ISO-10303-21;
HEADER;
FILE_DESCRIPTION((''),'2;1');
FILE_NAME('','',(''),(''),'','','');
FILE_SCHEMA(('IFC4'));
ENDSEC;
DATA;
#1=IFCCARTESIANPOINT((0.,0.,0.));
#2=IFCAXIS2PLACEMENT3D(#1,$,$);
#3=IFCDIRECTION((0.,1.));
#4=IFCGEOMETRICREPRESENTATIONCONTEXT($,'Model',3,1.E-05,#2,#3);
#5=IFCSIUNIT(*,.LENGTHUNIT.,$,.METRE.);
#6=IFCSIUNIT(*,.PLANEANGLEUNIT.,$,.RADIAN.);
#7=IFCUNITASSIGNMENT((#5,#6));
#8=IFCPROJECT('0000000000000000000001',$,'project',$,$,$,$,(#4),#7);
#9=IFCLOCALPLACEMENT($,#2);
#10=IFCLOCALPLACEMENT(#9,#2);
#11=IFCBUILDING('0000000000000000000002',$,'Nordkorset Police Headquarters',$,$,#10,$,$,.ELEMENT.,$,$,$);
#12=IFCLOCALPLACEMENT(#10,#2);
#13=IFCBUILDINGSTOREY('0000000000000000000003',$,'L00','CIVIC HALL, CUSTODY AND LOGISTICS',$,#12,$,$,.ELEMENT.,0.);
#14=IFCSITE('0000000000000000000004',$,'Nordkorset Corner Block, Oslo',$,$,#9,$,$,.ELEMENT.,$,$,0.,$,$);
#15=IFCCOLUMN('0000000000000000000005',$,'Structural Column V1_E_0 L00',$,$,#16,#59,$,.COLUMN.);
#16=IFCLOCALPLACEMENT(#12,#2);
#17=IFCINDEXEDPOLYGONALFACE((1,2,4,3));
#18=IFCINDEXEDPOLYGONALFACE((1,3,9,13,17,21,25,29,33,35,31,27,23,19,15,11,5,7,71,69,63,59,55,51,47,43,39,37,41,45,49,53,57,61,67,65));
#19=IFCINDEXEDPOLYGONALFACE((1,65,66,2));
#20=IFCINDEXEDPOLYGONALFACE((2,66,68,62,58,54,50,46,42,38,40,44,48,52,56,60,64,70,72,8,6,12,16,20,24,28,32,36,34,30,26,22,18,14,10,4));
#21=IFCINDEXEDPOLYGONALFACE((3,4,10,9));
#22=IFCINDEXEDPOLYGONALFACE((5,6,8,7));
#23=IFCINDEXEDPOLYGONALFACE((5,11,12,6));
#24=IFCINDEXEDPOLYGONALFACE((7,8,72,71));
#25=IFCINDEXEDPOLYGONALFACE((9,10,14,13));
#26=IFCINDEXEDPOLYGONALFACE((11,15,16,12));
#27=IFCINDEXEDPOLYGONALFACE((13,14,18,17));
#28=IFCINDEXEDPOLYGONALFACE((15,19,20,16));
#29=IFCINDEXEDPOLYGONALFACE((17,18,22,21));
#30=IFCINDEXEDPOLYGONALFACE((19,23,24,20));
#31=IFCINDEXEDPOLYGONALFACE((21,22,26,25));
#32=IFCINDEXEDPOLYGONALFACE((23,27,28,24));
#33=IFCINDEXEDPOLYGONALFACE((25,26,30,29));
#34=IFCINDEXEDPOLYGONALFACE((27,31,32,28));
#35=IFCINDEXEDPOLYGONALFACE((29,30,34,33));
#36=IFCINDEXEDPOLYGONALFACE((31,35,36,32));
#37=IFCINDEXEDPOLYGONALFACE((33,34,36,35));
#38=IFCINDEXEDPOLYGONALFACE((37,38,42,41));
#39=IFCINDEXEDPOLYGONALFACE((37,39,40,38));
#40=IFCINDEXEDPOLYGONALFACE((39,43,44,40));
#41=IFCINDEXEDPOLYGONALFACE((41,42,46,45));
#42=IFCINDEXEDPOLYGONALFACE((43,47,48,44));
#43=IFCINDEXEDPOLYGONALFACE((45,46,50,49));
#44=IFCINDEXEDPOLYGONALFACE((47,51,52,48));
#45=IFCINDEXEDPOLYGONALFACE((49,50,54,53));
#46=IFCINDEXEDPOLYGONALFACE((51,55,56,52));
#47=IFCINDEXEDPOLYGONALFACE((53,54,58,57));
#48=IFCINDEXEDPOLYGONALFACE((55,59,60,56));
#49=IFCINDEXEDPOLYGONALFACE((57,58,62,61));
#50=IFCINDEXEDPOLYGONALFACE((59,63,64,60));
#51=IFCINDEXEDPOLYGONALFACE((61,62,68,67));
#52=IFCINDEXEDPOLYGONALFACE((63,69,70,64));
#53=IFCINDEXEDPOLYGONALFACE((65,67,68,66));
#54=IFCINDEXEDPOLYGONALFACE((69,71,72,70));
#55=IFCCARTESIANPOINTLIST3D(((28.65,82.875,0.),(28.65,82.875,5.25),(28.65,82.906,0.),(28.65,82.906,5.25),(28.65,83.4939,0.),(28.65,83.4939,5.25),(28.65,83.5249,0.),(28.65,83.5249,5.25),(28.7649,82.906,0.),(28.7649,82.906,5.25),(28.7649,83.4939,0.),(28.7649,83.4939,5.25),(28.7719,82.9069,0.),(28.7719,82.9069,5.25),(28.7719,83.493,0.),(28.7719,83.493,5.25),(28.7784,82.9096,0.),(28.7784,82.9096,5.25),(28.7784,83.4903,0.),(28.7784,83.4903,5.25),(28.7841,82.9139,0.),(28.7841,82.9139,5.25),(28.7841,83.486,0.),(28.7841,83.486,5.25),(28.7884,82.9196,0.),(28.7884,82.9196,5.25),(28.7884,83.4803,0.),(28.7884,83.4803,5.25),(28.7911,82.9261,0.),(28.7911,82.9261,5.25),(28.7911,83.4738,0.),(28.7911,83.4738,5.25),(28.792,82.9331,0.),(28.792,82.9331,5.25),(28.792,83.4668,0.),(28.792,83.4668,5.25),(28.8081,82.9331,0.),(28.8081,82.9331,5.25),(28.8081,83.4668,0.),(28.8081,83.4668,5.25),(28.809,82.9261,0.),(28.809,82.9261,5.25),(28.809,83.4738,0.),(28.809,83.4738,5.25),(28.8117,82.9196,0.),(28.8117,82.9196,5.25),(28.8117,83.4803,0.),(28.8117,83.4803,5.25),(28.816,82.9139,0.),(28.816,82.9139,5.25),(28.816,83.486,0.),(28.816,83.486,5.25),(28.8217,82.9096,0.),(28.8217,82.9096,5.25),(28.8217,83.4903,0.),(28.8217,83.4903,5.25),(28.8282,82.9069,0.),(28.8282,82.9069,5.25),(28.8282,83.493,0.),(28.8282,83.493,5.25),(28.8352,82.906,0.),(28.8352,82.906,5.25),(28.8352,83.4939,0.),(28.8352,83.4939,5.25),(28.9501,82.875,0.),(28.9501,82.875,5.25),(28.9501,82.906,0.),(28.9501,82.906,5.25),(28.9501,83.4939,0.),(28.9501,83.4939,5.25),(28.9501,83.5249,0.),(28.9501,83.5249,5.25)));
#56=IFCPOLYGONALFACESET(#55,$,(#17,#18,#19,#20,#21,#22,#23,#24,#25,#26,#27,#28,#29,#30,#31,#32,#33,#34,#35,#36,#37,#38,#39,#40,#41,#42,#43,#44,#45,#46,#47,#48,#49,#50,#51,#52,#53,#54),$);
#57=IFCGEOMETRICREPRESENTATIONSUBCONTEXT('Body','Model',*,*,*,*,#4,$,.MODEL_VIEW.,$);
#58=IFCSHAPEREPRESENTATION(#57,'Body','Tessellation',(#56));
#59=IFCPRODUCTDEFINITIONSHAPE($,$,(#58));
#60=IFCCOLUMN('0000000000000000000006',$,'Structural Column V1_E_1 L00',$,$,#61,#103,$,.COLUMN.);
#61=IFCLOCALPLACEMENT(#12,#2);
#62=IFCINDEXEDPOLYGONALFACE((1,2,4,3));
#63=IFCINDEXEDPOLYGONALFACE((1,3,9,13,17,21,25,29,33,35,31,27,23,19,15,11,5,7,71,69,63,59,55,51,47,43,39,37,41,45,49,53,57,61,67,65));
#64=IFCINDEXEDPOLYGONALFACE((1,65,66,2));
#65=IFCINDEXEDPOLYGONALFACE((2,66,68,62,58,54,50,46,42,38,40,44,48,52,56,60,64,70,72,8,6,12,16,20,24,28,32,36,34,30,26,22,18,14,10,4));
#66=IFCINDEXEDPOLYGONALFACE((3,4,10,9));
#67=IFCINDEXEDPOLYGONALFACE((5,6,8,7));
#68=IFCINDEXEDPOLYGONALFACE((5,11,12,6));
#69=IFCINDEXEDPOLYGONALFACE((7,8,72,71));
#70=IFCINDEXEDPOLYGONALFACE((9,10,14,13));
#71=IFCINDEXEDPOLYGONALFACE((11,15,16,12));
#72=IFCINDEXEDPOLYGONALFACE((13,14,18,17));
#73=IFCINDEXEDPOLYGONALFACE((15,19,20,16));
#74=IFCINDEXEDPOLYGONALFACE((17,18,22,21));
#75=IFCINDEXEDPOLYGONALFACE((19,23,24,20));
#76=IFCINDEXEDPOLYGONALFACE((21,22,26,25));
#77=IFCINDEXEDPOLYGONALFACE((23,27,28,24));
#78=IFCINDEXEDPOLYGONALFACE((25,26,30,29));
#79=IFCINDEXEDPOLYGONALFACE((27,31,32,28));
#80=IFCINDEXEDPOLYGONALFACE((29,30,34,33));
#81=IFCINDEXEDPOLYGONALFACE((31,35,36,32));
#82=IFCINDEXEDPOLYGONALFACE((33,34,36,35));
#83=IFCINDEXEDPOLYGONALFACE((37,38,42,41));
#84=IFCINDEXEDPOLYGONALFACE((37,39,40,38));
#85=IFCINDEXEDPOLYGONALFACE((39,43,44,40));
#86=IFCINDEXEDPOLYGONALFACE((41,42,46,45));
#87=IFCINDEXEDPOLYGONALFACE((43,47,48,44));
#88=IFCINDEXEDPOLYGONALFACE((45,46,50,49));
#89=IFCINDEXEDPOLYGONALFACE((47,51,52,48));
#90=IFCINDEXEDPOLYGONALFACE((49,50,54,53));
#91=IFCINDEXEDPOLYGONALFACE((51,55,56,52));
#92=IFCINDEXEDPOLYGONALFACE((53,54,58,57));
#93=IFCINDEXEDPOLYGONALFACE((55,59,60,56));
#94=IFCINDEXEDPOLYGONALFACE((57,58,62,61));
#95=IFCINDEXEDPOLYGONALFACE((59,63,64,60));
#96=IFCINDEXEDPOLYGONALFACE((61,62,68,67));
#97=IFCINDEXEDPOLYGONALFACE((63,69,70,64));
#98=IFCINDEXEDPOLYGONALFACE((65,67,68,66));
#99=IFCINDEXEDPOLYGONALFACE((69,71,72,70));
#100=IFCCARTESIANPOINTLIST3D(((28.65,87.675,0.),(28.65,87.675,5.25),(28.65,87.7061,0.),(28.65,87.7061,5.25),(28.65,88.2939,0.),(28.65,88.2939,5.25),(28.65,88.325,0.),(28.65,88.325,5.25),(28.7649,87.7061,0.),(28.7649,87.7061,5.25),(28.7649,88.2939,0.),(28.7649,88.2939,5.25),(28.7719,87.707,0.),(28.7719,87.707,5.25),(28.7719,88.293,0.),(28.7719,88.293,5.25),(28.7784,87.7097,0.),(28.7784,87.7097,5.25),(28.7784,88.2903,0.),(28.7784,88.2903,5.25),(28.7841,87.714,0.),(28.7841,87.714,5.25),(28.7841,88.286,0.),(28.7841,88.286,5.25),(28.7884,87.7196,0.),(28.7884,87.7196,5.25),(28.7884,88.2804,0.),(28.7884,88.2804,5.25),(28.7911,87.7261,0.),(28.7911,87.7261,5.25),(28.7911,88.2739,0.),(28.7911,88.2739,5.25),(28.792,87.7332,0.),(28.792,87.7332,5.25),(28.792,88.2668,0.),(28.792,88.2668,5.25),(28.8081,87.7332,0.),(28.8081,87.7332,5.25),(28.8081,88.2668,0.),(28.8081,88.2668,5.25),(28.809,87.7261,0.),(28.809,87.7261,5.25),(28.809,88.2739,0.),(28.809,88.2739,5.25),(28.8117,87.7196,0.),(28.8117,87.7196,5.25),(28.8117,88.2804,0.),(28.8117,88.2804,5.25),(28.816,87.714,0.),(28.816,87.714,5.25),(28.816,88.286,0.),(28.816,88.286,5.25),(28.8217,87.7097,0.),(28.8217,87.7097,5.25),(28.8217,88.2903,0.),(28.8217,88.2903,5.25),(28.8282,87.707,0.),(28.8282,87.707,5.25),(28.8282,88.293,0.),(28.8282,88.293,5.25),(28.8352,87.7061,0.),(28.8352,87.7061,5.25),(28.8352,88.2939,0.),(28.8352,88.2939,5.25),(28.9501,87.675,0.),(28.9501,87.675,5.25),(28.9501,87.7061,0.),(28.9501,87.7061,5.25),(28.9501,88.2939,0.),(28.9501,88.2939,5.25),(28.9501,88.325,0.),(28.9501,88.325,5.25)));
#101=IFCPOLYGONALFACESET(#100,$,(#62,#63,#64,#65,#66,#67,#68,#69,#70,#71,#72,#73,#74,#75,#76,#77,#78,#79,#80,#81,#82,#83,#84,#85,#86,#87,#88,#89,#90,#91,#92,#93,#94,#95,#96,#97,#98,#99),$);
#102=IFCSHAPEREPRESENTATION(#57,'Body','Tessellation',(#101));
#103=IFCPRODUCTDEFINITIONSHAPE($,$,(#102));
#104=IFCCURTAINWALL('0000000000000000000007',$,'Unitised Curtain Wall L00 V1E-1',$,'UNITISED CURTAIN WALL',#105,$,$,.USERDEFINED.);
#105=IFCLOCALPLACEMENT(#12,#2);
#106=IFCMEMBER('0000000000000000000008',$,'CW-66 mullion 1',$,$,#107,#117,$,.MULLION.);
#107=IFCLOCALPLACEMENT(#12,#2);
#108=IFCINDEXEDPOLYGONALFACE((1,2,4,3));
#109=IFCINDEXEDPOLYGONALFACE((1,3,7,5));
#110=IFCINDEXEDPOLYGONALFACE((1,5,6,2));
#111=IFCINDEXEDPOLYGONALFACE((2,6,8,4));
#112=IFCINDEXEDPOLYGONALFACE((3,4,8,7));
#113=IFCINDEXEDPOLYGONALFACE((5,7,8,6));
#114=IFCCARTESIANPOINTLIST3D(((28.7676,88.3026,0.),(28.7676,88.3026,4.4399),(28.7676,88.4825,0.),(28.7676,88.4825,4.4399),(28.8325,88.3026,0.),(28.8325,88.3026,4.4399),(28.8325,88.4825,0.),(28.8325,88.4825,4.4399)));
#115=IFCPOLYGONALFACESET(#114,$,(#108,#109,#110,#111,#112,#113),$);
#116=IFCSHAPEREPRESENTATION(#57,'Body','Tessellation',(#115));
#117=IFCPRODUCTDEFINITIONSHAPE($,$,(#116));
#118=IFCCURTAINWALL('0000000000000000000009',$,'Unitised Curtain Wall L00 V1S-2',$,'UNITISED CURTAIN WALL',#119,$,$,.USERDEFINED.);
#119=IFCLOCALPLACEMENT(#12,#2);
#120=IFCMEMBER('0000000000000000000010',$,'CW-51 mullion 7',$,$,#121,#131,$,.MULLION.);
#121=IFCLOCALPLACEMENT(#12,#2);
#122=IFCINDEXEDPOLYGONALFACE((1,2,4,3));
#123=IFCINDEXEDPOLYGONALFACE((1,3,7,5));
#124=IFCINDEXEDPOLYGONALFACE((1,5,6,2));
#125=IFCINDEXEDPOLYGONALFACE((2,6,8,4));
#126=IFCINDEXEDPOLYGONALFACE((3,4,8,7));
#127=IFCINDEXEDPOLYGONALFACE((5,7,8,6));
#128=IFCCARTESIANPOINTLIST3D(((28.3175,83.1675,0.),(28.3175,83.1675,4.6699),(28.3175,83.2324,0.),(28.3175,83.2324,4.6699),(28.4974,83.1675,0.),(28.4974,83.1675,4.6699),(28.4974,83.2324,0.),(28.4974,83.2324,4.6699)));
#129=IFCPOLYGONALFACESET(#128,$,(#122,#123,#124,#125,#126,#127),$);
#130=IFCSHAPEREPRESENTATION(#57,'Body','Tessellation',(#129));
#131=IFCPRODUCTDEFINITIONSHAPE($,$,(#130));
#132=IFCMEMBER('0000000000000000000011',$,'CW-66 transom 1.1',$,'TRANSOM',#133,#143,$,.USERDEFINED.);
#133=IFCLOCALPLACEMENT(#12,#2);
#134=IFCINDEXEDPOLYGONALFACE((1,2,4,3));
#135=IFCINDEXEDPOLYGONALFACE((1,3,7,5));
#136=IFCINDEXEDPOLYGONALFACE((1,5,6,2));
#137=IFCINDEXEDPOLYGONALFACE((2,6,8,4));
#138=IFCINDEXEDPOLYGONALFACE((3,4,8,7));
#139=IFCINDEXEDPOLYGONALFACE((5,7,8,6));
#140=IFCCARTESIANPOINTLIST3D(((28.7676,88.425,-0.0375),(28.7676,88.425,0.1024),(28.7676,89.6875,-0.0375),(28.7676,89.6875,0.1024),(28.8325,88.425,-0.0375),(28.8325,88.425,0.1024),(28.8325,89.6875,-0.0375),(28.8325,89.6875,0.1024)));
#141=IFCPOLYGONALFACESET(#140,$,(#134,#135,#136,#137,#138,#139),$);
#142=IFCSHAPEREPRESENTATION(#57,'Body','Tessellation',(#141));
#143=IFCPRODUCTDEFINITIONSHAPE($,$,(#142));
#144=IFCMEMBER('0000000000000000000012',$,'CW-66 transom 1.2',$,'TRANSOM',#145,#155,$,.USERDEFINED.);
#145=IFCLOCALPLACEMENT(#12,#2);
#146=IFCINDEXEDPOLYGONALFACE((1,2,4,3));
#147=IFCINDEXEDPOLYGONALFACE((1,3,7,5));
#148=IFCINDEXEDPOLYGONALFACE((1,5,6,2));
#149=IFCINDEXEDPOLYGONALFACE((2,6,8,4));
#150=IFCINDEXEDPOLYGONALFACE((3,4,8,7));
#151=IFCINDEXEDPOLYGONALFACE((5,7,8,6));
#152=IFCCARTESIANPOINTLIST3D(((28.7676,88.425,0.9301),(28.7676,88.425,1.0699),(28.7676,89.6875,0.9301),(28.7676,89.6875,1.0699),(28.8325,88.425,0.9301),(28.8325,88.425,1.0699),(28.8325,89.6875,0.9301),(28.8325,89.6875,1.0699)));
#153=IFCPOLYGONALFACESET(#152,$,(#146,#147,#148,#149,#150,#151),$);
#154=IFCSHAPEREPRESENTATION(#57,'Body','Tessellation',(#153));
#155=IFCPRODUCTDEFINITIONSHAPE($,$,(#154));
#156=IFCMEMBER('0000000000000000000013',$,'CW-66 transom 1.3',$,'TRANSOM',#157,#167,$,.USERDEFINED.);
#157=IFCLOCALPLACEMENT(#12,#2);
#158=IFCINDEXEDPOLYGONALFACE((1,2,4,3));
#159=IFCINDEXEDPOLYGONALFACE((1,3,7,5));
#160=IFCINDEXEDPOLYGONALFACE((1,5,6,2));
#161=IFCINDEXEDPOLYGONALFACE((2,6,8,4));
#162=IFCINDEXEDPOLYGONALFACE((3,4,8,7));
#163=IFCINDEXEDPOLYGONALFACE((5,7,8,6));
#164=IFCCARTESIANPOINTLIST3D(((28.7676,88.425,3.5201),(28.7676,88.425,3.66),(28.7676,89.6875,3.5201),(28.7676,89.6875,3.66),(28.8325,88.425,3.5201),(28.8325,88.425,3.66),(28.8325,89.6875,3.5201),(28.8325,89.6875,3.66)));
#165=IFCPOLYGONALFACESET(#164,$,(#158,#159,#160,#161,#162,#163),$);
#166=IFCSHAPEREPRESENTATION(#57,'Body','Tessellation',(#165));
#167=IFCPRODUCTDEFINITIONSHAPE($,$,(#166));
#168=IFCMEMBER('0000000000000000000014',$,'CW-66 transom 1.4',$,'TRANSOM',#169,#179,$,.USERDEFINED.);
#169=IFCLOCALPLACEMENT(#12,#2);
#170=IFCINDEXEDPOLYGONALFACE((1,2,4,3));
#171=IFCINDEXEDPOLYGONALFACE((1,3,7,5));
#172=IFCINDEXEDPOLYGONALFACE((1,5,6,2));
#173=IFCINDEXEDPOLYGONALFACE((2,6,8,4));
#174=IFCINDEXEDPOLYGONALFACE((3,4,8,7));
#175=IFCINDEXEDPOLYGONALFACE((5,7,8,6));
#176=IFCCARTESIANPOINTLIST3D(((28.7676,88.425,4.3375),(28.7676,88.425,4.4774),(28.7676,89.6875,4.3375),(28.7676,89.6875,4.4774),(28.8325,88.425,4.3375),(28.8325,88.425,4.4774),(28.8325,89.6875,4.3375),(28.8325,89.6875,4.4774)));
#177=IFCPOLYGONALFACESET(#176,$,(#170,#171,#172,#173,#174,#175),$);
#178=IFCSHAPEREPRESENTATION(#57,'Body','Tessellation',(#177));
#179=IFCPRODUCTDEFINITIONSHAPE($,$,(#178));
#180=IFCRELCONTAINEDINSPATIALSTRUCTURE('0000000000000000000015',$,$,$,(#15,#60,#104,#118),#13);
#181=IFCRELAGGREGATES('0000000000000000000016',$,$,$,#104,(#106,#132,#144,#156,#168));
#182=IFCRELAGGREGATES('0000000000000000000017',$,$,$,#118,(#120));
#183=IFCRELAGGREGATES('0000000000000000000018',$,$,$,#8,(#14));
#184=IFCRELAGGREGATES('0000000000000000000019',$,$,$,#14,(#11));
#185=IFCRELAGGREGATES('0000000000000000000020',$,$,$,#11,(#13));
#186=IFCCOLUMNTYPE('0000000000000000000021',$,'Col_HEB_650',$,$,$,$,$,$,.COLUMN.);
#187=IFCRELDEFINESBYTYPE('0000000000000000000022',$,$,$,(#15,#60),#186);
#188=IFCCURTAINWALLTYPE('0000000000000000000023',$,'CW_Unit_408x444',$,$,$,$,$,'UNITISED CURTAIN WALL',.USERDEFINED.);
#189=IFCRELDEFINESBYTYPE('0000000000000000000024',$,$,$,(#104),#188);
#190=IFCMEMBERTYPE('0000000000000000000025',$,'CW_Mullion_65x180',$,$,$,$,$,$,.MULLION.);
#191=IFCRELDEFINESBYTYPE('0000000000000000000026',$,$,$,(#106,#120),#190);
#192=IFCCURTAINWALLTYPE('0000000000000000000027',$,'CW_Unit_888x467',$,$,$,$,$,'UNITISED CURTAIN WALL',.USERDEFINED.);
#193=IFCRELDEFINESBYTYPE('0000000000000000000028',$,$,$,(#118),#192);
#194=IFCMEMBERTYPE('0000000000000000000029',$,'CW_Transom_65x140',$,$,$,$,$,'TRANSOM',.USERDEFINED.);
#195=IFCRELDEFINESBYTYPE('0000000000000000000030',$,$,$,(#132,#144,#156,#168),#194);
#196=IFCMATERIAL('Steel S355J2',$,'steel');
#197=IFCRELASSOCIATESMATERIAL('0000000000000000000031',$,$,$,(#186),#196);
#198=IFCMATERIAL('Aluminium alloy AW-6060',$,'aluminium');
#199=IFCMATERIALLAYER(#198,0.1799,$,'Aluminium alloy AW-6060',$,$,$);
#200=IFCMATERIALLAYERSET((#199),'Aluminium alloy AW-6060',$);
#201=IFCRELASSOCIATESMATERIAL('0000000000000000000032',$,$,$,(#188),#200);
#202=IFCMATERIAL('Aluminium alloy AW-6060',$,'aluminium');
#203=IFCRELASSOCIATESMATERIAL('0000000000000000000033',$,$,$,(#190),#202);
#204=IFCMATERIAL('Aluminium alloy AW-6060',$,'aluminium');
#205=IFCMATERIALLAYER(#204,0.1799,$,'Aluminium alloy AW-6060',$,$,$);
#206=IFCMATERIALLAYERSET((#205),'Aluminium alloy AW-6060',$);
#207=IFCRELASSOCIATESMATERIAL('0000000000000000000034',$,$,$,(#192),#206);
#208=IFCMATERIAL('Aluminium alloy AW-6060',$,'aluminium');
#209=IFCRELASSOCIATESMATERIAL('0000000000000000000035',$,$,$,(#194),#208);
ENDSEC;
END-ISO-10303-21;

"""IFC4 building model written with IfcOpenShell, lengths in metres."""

from ifc_helpers import new_model, si_unit, direction, frame, origin, origin_2d, place, context, subcontext, project, spatial, rectangle, i_section, extrude, material, layer, layer_set, material_profile, profile_set, type_object, element, aggregate, save


model = new_model("IFC4")

# Units and contexts
model_context = context("Model", 3, precision=1e-05, world=origin(), true_north=direction((0.0, 1.0)))
body_context = subcontext(model_context, "Body", "Model", "MODEL_VIEW")
ifc_project = project(units=[si_unit("LENGTHUNIT", "METRE"), si_unit("PLANEANGLEUNIT", "RADIAN")], contexts=[model_context])

# Site, building, storey
site_placement = place(None, origin())
site = spatial("IfcSite", under=ifc_project, at=site_placement, Name="Nordkorset Corner Block, Oslo", CompositionType="ELEMENT", RefElevation=0.0)
building_placement = place(site_placement, origin())
building = spatial("IfcBuilding", under=site, at=building_placement, Name="Nordkorset Police Headquarters", CompositionType="ELEMENT")
storey_placement = place(building_placement, origin())
storey = spatial("IfcBuildingStorey", under=building, at=storey_placement, Name="L00", Description="CIVIC HALL, CUSTODY AND LOGISTICS", CompositionType="ELEMENT", Elevation=0.0)

# Columns
ifc_material_1 = material(Name="Steel S355J2", Category="steel")
ifc_material_profile_1 = material_profile(ifc_material_1, i_section(OverallWidth=0.3, OverallDepth=0.6499, WebThickness=0.0161, FlangeThickness=0.031, FilletRadius=0.0271, at=origin_2d()), Name="HEB 650")
ifc_profile_set_1 = profile_set([ifc_material_profile_1], Name="Steel S355J2")
column_type = type_object("IfcColumnType", Name="Col_HEB_650", PredefinedType="COLUMN", material=ifc_profile_set_1)
for number, where, z_axis, x_axis, name in (
    (1, (28.8, 83.2, 0.0), (0.0, 0.0, 1.0), (1.0, 0.0, 0.0), "Structural Column V1_E_0 L00"),
    (2, (28.8, 88.0, 0.0), (0.0, 0.0, 1.0), (1.0, 0.0, 0.0), "Structural Column V1_E_1 L00"),
):
    element("IfcColumn", number, at=place(storey_placement, frame(where, z_axis=z_axis, x_axis=x_axis)), inside=storey, type_object=column_type, Name=name, PredefinedType="COLUMN", context=body_context, shape_type="SweptSolid", body=[
        extrude(i_section(OverallWidth=0.3, OverallDepth=0.6499, WebThickness=0.0161, FlangeThickness=0.031, FilletRadius=0.0271, at=origin_2d()), origin(), (0.0, 0.0, 1.0), 5.25),
    ])

# Curtain walls, members
ifc_material_2 = material(Name="Aluminium alloy AW-6060", Category="aluminium")
ifc_layer_1 = layer(ifc_material_2, 0.1799, Name="Aluminium alloy AW-6060")
ifc_layer_set_1 = layer_set([ifc_layer_1], Name="Aluminium alloy AW-6060")
curtain_wall_type_1 = type_object("IfcCurtainWallType", Name="CW_Unit_408x444", ElementType="UNITISED CURTAIN WALL", PredefinedType="USERDEFINED", material=ifc_layer_set_1)
curtain_wall_1_placement = place(storey_placement, origin())
curtain_wall_1 = element("IfcCurtainWall", 3, at=curtain_wall_1_placement, inside=storey, type_object=curtain_wall_type_1, Name="Unitised Curtain Wall L00 V1E-1", ObjectType="UNITISED CURTAIN WALL", PredefinedType="USERDEFINED")
ifc_material_3 = material(Name="Aluminium alloy AW-6060", Category="aluminium")
ifc_material_profile_2 = material_profile(ifc_material_3, rectangle(XDim=0.0649, YDim=0.1799, at=origin_2d()), Name="ALU MULL 65x180")
ifc_profile_set_2 = profile_set([ifc_material_profile_2], Name="Aluminium alloy AW-6060")
member_type_1 = type_object("IfcMemberType", Name="CW_Mullion_65x180", PredefinedType="MULLION", material=ifc_profile_set_2)
member_1_placement = place(storey_placement, frame((28.8, 88.3926, 0.0), z_axis=(0.0, 0.0, 1.0), x_axis=(-1.0, 0.0, 0.0)))
member_1 = element("IfcMember", 4, at=member_1_placement, type_object=member_type_1, Name="CW-66 mullion 1", PredefinedType="MULLION", context=body_context, shape_type="SweptSolid", body=[
    extrude(rectangle(XDim=0.0649, YDim=0.1799, at=origin_2d()), origin(), (0.0, 0.0, 1.0), 4.4399),
])
ifc_material_4 = material(Name="Aluminium alloy AW-6060", Category="aluminium")
ifc_layer_2 = layer(ifc_material_4, 0.1799, Name="Aluminium alloy AW-6060")
ifc_layer_set_2 = layer_set([ifc_layer_2], Name="Aluminium alloy AW-6060")
curtain_wall_type_2 = type_object("IfcCurtainWallType", Name="CW_Unit_888x467", ElementType="UNITISED CURTAIN WALL", PredefinedType="USERDEFINED", material=ifc_layer_set_2)
curtain_wall_2_placement = place(storey_placement, origin())
curtain_wall_2 = element("IfcCurtainWall", 5, at=curtain_wall_2_placement, inside=storey, type_object=curtain_wall_type_2, Name="Unitised Curtain Wall L00 V1S-2", ObjectType="UNITISED CURTAIN WALL", PredefinedType="USERDEFINED")
member_2_placement = place(storey_placement, frame((28.4075, 83.2, 0.0), z_axis=(0.0, 0.0, 1.0), x_axis=(0.0, 1.0, 0.0)))
member_2 = element("IfcMember", 6, at=member_2_placement, type_object=member_type_1, Name="CW-51 mullion 7", PredefinedType="MULLION", context=body_context, shape_type="SweptSolid", body=[
    extrude(rectangle(XDim=0.0649, YDim=0.1799, at=origin_2d()), origin(), (0.0, 0.0, 1.0), 4.6699),
])

# Members
ifc_material_5 = material(Name="Aluminium alloy AW-6060", Category="aluminium")
ifc_material_profile_3 = material_profile(ifc_material_5, rectangle(XDim=0.0649, YDim=0.1399, at=origin_2d()), Name="ALU TRAN 65x140")
ifc_profile_set_3 = profile_set([ifc_material_profile_3], Name="Aluminium alloy AW-6060")
member_type_2 = type_object("IfcMemberType", Name="CW_Transom_65x140", ElementType="TRANSOM", PredefinedType="USERDEFINED", material=ifc_profile_set_3)
member_3_placement = place(storey_placement, frame((28.8, 88.425, 0.0325), z_axis=(0.0, 1.0, 0.0), x_axis=(-1.0, 0.0, 0.0)))
member_3 = element("IfcMember", 7, at=member_3_placement, type_object=member_type_2, Name="CW-66 transom 1.1", ObjectType="TRANSOM", PredefinedType="USERDEFINED", context=body_context, shape_type="SweptSolid", body=[
    extrude(rectangle(XDim=0.0649, YDim=0.1399, at=origin_2d()), origin(), (0.0, 0.0, 1.0), 1.2625),
])
member_4_placement = place(storey_placement, frame((28.8, 88.425, 1.0), z_axis=(0.0, 1.0, 0.0), x_axis=(-1.0, 0.0, 0.0)))
member_4 = element("IfcMember", 8, at=member_4_placement, type_object=member_type_2, Name="CW-66 transom 1.2", ObjectType="TRANSOM", PredefinedType="USERDEFINED", context=body_context, shape_type="SweptSolid", body=[
    extrude(rectangle(XDim=0.0649, YDim=0.1399, at=origin_2d()), origin(), (0.0, 0.0, 1.0), 1.2625),
])
member_5_placement = place(storey_placement, frame((28.8, 88.425, 3.5901), z_axis=(0.0, 1.0, 0.0), x_axis=(-1.0, 0.0, 0.0)))
member_5 = element("IfcMember", 9, at=member_5_placement, type_object=member_type_2, Name="CW-66 transom 1.3", ObjectType="TRANSOM", PredefinedType="USERDEFINED", context=body_context, shape_type="SweptSolid", body=[
    extrude(rectangle(XDim=0.0649, YDim=0.1399, at=origin_2d()), origin(), (0.0, 0.0, 1.0), 1.2625),
])
member_6_placement = place(storey_placement, frame((28.8, 88.425, 4.4075), z_axis=(0.0, 1.0, 0.0), x_axis=(-1.0, 0.0, 0.0)))
member_6 = element("IfcMember", 10, at=member_6_placement, type_object=member_type_2, Name="CW-66 transom 1.4", ObjectType="TRANSOM", PredefinedType="USERDEFINED", context=body_context, shape_type="SweptSolid", body=[
    extrude(rectangle(XDim=0.0649, YDim=0.1399, at=origin_2d()), origin(), (0.0, 0.0, 1.0), 1.2625),
])

aggregate(curtain_wall_1, [member_1, member_3, member_4, member_5, member_6])
aggregate(curtain_wall_2, [member_2])

save(model, "model.ifc")
